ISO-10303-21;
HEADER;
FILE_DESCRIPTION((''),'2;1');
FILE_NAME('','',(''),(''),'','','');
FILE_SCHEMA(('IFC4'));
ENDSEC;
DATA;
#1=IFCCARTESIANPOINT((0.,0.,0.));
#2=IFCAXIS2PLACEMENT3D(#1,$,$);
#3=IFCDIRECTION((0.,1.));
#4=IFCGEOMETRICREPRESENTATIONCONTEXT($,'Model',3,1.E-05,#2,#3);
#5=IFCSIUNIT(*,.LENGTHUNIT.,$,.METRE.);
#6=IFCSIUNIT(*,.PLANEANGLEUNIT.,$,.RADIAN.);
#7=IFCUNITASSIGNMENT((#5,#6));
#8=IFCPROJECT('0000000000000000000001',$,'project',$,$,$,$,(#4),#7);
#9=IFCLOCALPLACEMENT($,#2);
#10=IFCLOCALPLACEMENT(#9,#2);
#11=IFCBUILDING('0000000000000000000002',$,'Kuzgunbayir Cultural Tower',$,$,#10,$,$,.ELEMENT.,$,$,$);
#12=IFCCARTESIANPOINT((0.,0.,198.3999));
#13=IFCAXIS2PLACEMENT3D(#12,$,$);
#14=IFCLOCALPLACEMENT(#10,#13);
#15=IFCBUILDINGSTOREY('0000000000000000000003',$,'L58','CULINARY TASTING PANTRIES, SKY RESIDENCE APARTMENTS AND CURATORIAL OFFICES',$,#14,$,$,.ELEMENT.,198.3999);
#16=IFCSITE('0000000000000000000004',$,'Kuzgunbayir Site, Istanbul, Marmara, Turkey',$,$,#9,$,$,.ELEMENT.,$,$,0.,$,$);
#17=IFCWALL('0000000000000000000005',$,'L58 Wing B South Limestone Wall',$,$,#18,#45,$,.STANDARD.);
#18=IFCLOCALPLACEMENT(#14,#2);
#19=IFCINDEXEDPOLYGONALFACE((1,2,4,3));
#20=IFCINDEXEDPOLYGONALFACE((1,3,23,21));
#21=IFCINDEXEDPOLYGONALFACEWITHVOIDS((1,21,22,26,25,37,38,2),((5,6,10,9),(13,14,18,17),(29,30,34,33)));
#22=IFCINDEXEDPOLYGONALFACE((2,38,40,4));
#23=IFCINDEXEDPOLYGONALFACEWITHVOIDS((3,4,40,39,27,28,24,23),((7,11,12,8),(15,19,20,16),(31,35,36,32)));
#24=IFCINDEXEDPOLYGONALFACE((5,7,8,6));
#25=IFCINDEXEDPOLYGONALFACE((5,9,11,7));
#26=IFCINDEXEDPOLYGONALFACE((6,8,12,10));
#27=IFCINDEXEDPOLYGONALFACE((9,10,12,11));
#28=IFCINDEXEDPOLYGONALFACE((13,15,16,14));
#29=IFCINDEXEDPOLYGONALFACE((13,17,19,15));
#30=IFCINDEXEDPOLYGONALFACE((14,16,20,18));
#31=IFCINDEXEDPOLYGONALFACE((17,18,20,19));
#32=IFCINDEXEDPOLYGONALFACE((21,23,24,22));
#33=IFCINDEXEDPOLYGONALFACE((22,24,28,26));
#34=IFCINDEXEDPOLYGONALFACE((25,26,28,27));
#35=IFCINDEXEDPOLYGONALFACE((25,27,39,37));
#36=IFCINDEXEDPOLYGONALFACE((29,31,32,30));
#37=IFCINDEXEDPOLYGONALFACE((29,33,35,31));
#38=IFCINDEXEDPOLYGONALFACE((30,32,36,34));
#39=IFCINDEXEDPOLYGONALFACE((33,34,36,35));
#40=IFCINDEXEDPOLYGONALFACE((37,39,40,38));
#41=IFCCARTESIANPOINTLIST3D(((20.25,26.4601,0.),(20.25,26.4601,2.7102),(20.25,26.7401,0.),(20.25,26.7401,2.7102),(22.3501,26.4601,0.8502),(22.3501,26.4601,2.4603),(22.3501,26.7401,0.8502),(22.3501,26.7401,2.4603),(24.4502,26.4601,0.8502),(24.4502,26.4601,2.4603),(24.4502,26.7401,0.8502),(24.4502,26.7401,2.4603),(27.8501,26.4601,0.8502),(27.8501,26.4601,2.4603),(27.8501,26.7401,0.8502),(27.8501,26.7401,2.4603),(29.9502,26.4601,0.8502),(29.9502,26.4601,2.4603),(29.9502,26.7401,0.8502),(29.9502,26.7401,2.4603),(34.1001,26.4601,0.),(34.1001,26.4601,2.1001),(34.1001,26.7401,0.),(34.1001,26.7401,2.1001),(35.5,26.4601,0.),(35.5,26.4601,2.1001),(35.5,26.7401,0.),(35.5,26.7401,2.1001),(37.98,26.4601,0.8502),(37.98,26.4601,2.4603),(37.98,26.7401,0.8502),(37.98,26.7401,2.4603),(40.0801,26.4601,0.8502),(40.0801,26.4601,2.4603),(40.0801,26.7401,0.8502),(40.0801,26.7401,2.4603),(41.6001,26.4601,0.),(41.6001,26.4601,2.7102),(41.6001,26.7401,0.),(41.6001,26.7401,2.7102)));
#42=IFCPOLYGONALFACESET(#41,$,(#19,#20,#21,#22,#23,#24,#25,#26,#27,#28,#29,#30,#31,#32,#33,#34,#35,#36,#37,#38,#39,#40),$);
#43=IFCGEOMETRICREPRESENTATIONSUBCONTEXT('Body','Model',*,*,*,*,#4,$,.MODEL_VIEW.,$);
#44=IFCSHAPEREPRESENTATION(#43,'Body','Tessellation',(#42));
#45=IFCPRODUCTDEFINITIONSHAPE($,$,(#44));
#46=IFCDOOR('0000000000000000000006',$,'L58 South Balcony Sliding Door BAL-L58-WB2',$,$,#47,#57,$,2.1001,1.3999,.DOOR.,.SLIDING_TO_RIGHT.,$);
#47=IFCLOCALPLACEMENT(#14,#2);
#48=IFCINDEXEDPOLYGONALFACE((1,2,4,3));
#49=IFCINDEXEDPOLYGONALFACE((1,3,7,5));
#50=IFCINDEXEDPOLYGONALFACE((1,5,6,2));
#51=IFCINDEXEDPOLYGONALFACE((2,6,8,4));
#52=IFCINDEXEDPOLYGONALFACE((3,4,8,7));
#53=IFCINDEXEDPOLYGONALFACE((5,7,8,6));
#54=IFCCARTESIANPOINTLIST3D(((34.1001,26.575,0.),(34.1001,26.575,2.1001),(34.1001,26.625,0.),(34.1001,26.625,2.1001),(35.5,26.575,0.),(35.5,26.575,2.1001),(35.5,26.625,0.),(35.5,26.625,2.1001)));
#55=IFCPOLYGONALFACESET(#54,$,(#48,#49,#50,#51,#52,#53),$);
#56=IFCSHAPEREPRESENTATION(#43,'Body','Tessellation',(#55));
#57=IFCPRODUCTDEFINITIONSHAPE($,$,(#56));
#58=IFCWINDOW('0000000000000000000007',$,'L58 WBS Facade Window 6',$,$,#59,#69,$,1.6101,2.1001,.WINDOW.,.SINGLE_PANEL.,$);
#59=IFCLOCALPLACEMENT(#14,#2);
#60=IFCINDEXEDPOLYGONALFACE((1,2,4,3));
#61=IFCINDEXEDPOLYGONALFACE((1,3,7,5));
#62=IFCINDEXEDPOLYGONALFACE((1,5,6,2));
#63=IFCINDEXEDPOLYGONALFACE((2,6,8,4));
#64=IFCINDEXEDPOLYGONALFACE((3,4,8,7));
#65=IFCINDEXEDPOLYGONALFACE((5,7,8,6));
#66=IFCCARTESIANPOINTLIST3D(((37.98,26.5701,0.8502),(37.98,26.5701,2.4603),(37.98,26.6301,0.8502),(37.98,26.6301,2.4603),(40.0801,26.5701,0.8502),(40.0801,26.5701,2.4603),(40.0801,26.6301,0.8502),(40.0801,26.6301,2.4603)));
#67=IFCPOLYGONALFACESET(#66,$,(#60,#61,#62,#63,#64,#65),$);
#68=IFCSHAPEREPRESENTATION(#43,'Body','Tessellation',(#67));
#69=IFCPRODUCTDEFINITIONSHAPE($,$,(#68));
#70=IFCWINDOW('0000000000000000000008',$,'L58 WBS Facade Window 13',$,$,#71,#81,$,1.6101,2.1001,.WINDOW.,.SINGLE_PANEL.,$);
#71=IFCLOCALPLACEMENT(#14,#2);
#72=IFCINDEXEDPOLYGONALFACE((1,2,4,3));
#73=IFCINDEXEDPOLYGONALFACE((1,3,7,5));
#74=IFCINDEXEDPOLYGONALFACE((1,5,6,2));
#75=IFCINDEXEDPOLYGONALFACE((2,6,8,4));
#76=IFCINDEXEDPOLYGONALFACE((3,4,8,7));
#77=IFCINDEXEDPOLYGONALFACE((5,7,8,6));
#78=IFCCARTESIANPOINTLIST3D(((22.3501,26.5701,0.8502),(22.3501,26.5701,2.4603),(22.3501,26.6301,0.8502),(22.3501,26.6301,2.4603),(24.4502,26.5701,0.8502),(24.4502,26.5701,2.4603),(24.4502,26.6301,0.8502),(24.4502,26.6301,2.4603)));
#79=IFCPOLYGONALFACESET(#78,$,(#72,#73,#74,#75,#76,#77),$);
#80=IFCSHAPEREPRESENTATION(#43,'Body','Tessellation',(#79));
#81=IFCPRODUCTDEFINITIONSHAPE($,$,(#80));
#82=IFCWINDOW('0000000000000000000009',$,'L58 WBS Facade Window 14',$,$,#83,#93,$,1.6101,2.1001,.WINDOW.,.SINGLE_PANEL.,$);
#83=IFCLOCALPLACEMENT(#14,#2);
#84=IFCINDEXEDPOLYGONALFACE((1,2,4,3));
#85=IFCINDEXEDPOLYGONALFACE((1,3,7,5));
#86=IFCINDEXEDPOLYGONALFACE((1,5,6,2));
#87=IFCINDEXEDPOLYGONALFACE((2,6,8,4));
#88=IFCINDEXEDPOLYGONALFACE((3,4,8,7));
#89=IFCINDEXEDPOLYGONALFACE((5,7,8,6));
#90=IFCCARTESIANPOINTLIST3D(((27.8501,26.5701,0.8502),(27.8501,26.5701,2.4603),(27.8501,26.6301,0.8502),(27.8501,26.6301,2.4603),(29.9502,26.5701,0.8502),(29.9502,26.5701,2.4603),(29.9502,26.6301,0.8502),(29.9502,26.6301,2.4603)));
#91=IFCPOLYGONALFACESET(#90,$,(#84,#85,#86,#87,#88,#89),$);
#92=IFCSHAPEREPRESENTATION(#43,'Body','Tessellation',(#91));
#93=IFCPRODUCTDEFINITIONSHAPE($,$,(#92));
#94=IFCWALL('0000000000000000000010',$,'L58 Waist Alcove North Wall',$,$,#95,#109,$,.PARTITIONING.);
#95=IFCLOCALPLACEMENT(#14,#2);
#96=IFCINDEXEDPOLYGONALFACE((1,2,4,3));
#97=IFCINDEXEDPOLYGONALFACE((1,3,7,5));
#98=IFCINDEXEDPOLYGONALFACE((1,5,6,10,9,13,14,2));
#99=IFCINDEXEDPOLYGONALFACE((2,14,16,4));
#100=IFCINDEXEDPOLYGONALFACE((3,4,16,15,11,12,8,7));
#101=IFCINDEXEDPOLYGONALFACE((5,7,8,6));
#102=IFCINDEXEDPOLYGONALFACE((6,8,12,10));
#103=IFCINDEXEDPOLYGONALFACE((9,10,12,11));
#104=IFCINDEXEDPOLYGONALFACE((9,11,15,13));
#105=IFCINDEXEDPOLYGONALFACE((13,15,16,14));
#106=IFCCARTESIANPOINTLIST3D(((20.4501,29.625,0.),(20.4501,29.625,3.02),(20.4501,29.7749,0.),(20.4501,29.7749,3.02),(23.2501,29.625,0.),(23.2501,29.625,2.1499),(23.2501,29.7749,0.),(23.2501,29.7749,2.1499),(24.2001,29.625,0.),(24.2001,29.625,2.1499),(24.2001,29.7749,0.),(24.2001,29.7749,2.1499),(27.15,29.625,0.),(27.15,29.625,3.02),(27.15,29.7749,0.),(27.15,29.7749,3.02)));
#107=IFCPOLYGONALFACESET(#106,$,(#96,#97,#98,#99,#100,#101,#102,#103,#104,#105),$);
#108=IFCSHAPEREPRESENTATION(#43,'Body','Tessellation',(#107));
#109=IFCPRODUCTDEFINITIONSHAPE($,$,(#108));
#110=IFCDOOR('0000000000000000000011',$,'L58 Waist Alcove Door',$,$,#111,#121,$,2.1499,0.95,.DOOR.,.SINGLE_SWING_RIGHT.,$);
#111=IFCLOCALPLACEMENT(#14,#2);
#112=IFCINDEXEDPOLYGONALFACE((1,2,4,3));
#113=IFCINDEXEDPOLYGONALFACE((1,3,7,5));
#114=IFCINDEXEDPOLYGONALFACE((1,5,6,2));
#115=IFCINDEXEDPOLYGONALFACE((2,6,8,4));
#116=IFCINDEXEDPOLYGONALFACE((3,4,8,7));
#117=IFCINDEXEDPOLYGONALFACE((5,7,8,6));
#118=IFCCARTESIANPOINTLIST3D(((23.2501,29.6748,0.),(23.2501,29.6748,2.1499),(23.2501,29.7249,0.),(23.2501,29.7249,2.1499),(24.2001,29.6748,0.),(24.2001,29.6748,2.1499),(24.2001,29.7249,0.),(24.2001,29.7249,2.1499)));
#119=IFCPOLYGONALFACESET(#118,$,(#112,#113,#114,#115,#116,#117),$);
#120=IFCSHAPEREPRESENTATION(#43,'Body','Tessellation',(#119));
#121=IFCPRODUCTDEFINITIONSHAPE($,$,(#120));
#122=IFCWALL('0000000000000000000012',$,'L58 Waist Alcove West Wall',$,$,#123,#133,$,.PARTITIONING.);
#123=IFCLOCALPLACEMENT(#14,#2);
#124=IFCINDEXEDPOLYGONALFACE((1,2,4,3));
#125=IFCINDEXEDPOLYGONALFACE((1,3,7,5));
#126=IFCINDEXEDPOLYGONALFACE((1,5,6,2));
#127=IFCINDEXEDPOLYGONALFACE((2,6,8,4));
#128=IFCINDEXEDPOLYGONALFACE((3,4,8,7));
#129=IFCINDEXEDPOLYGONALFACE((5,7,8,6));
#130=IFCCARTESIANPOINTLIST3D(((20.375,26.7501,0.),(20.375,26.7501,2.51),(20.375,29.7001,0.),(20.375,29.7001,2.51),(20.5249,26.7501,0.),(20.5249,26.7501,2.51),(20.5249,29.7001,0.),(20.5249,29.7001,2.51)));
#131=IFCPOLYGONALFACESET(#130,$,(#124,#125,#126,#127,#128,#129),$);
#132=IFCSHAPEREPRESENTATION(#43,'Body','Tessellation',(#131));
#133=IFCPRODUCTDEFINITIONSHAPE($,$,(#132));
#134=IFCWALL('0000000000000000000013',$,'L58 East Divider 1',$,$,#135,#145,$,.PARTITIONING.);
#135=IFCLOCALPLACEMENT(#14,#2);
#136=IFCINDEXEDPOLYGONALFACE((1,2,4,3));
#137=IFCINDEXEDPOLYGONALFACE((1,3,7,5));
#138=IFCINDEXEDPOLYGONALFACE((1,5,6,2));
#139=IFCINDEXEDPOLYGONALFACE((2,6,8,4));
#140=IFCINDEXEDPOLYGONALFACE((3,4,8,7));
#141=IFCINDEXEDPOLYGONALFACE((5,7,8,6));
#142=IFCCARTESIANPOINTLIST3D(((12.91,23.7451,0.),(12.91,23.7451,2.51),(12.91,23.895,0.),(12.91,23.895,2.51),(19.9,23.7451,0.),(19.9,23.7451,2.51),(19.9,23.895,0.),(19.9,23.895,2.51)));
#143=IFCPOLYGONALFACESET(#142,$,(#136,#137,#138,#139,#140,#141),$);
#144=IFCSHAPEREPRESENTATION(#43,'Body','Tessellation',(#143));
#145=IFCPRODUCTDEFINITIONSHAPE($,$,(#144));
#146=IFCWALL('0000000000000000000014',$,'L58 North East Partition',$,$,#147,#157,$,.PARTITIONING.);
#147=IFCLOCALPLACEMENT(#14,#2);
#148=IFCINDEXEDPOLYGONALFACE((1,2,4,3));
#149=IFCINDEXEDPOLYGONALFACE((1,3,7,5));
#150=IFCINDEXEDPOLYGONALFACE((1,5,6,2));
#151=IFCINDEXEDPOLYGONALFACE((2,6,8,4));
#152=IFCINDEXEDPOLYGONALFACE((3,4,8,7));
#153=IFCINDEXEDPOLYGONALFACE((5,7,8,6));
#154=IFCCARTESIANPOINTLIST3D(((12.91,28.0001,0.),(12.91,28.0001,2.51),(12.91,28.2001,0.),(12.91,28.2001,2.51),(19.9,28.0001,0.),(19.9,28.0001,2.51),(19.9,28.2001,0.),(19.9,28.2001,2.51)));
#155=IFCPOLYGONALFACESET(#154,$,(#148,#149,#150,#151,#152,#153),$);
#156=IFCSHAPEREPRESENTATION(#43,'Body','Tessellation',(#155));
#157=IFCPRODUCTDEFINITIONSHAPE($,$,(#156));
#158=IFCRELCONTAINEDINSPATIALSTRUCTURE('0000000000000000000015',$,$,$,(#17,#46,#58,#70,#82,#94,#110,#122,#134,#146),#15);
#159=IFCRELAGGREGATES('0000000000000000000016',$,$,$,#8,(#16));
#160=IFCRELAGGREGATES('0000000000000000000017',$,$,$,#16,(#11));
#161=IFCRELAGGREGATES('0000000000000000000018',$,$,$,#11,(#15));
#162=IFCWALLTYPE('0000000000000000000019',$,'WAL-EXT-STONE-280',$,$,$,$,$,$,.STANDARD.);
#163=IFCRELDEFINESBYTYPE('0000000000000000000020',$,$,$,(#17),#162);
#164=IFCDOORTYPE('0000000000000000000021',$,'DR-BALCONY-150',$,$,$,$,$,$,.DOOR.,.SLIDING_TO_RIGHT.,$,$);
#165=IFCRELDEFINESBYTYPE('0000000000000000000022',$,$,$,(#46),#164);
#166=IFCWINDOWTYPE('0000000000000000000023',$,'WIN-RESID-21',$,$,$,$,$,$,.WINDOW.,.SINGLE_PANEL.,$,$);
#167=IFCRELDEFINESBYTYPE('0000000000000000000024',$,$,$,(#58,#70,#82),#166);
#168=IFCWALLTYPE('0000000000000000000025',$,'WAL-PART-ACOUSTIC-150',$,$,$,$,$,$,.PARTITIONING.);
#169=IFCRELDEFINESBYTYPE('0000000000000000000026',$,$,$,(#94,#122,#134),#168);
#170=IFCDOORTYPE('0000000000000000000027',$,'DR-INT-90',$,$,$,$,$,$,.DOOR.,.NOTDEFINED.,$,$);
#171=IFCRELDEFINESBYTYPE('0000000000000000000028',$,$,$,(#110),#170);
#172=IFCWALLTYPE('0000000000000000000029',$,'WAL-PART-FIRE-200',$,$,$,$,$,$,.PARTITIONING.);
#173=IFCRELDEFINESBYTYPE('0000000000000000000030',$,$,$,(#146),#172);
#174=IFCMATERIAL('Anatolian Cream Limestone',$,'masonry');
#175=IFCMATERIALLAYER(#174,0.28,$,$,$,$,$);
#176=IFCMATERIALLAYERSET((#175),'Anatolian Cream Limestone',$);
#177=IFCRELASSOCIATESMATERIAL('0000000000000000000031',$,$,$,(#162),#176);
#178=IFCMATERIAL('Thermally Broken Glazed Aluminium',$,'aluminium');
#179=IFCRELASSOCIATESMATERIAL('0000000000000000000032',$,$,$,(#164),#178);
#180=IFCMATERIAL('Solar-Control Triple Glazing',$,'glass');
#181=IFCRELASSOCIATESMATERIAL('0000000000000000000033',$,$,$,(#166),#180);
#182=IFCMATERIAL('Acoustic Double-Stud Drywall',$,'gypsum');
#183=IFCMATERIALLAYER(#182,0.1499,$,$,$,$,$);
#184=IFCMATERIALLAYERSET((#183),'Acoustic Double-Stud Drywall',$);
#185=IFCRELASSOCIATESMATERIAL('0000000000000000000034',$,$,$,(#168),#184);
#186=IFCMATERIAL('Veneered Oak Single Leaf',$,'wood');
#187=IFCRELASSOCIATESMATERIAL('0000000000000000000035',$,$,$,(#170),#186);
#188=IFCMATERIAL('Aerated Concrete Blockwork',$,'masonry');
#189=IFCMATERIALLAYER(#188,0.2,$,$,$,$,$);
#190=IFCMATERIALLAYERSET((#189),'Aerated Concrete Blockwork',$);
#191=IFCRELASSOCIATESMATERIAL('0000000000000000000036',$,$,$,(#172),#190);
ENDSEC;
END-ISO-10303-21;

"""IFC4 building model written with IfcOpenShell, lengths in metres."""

from ifc_helpers import new_model, si_unit, direction, frame, frame_2d, origin, place, context, subcontext, project, spatial, rectangle, extrude, material, layer, layer_set, type_object, element, fill, save


model = new_model("IFC4")

# Units and contexts
model_context = context("Model", 3, precision=1e-05, world=origin(), true_north=direction((0.0, 1.0)))
body_context = subcontext(model_context, "Body", "Model", "MODEL_VIEW")
ifc_project = project(units=[si_unit("LENGTHUNIT", "METRE"), si_unit("PLANEANGLEUNIT", "RADIAN")], contexts=[model_context])

# Site, building, storey
site_placement = place(None, origin())
site = spatial("IfcSite", under=ifc_project, at=site_placement, Name="Kuzgunbayir Site, Istanbul, Marmara, Turkey", CompositionType="ELEMENT", RefElevation=0.0)
building_placement = place(site_placement, origin())
building = spatial("IfcBuilding", under=site, at=building_placement, Name="Kuzgunbayir Cultural Tower", CompositionType="ELEMENT")
storey_placement = place(building_placement, frame((0.0, 0.0, 198.3999)))
storey = spatial("IfcBuildingStorey", under=building, at=storey_placement, Name="L58", Description="CULINARY TASTING PANTRIES, SKY RESIDENCE APARTMENTS AND CURATORIAL OFFICES", CompositionType="ELEMENT", Elevation=198.3999)

# Wall, openings, door, windows
ifc_material_1 = material(Name="Anatolian Cream Limestone", Category="masonry")
ifc_layer_1 = layer(ifc_material_1, 0.28)
ifc_layer_set_1 = layer_set([ifc_layer_1], Name="Anatolian Cream Limestone")
wall_type_1 = type_object("IfcWallType", Name="WAL-EXT-STONE-280", PredefinedType="STANDARD", material=ifc_layer_set_1)
wall_1_placement = place(storey_placement, frame((20.25, 26.6001, 0.0), z_axis=(0.0, 0.0, 1.0), x_axis=(1.0, 0.0, 0.0)))
wall_1 = element("IfcWall", 1, at=wall_1_placement, inside=storey, type_object=wall_type_1, Name="L58 Wing B South Limestone Wall", PredefinedType="STANDARD", context=body_context, shape_type="SweptSolid", body=[
    extrude(rectangle(XDim=21.3501, YDim=0.28, at=frame_2d((10.675, 0.0))), origin(), (0.0, 0.0, 1.0), 2.7102),
])
opening_1_placement = place(wall_1_placement, frame((13.8501, 0.0, 0.0)))
opening_1 = element("IfcOpeningElement", 2, at=opening_1_placement, cuts=wall_1, PredefinedType="OPENING", context=body_context, shape_type="SweptSolid", body=[
    extrude(rectangle(XDim=1.3999, YDim=2.1001, at=frame_2d((0.7, 1.05))), frame((0.0, 0.1499, 0.0), z_axis=(0.0, -1.0, 0.0), x_axis=(1.0, 0.0, 0.0)), (0.0, 0.0, 1.0), 0.3),
])
opening_2_placement = place(wall_1_placement, frame((17.73, 0.0, 0.8501)))
opening_2 = element("IfcOpeningElement", 3, at=opening_2_placement, cuts=wall_1, PredefinedType="OPENING", context=body_context, shape_type="SweptSolid", body=[
    extrude(rectangle(XDim=2.1001, YDim=1.6101, at=frame_2d((1.05, 0.8052))), frame((0.0, 0.1499, 0.0), z_axis=(0.0, -1.0, 0.0), x_axis=(1.0, 0.0, 0.0)), (0.0, 0.0, 1.0), 0.3),
])
opening_3_placement = place(wall_1_placement, frame((2.1001, 0.0, 0.8501)))
opening_3 = element("IfcOpeningElement", 4, at=opening_3_placement, cuts=wall_1, PredefinedType="OPENING", context=body_context, shape_type="SweptSolid", body=[
    extrude(rectangle(XDim=2.1001, YDim=1.6101, at=frame_2d((1.05, 0.8052))), frame((0.0, 0.1499, 0.0), z_axis=(0.0, -1.0, 0.0), x_axis=(1.0, 0.0, 0.0)), (0.0, 0.0, 1.0), 0.3),
])
opening_4_placement = place(wall_1_placement, frame((7.6001, 0.0, 0.8501)))
opening_4 = element("IfcOpeningElement", 5, at=opening_4_placement, cuts=wall_1, PredefinedType="OPENING", context=body_context, shape_type="SweptSolid", body=[
    extrude(rectangle(XDim=2.1001, YDim=1.6101, at=frame_2d((1.05, 0.8052))), frame((0.0, 0.1499, 0.0), z_axis=(0.0, -1.0, 0.0), x_axis=(1.0, 0.0, 0.0)), (0.0, 0.0, 1.0), 0.3),
])
ifc_material_2 = material(Name="Thermally Broken Glazed Aluminium", Category="aluminium")
door_type_1 = type_object("IfcDoorType", Name="DR-BALCONY-150", OperationType="SLIDING_TO_RIGHT", PredefinedType="DOOR", material=ifc_material_2)
door_1_placement = place(opening_1_placement, origin())
door_1 = element("IfcDoor", 6, at=door_1_placement, inside=storey, type_object=door_type_1, Name="L58 South Balcony Sliding Door BAL-L58-WB2", OperationType="SLIDING_TO_RIGHT", OverallHeight=2.1001, OverallWidth=1.3999, PredefinedType="DOOR", context=body_context, shape_type="SweptSolid", body=[
    extrude(rectangle(XDim=1.3999, YDim=2.1001, at=frame_2d((0.7, 1.05))), frame((0.0, 0.0249, 0.0), z_axis=(0.0, -1.0, 0.0), x_axis=(1.0, 0.0, 0.0)), (0.0, 0.0, 1.0), 0.05),
])
fill(opening_1, door_1)
ifc_material_3 = material(Name="Solar-Control Triple Glazing", Category="glass")
window_type = type_object("IfcWindowType", Name="WIN-RESID-21", PartitioningType="SINGLE_PANEL", PredefinedType="WINDOW", material=ifc_material_3)
window_1_placement = place(opening_2_placement, origin())
window_1 = element("IfcWindow", 7, at=window_1_placement, inside=storey, type_object=window_type, Name="L58 WBS Facade Window 6", OverallHeight=1.6101, OverallWidth=2.1001, PartitioningType="SINGLE_PANEL", PredefinedType="WINDOW", context=body_context, shape_type="SweptSolid", body=[
    extrude(rectangle(XDim=2.1001, YDim=1.6101, at=frame_2d((1.05, 0.8052))), frame((0.0, 0.03, 0.0), z_axis=(0.0, -1.0, 0.0), x_axis=(1.0, 0.0, 0.0)), (0.0, 0.0, 1.0), 0.0601),
])
fill(opening_2, window_1)
window_2_placement = place(opening_3_placement, origin())
window_2 = element("IfcWindow", 8, at=window_2_placement, inside=storey, type_object=window_type, Name="L58 WBS Facade Window 13", OverallHeight=1.6101, OverallWidth=2.1001, PartitioningType="SINGLE_PANEL", PredefinedType="WINDOW", context=body_context, shape_type="SweptSolid", body=[
    extrude(rectangle(XDim=2.1001, YDim=1.6101, at=frame_2d((1.05, 0.8052))), frame((0.0, 0.03, 0.0), z_axis=(0.0, -1.0, 0.0), x_axis=(1.0, 0.0, 0.0)), (0.0, 0.0, 1.0), 0.0601),
])
fill(opening_3, window_2)
window_3_placement = place(opening_4_placement, origin())
window_3 = element("IfcWindow", 9, at=window_3_placement, inside=storey, type_object=window_type, Name="L58 WBS Facade Window 14", OverallHeight=1.6101, OverallWidth=2.1001, PartitioningType="SINGLE_PANEL", PredefinedType="WINDOW", context=body_context, shape_type="SweptSolid", body=[
    extrude(rectangle(XDim=2.1001, YDim=1.6101, at=frame_2d((1.05, 0.8052))), frame((0.0, 0.03, 0.0), z_axis=(0.0, -1.0, 0.0), x_axis=(1.0, 0.0, 0.0)), (0.0, 0.0, 1.0), 0.0601),
])
fill(opening_4, window_3)

# Wall, opening, door
ifc_material_4 = material(Name="Acoustic Double-Stud Drywall", Category="gypsum")
ifc_layer_2 = layer(ifc_material_4, 0.1499)
ifc_layer_set_2 = layer_set([ifc_layer_2], Name="Acoustic Double-Stud Drywall")
wall_type_2 = type_object("IfcWallType", Name="WAL-PART-ACOUSTIC-150", PredefinedType="PARTITIONING", material=ifc_layer_set_2)
wall_2_placement = place(storey_placement, frame((20.45, 29.7, 0.0), z_axis=(0.0, 0.0, 1.0), x_axis=(1.0, 0.0, 0.0)))
wall_2 = element("IfcWall", 10, at=wall_2_placement, inside=storey, type_object=wall_type_2, Name="L58 Waist Alcove North Wall", PredefinedType="PARTITIONING", context=body_context, shape_type="SweptSolid", body=[
    extrude(rectangle(XDim=6.7, YDim=0.1499, at=frame_2d((3.3501, 0.0))), origin(), (0.0, 0.0, 1.0), 3.02),
])
opening_5_placement = place(wall_2_placement, frame((2.8, 0.0, 0.0)))
opening_5 = element("IfcOpeningElement", 11, at=opening_5_placement, cuts=wall_2, PredefinedType="OPENING", context=body_context, shape_type="SweptSolid", body=[
    extrude(rectangle(XDim=0.95, YDim=2.1499, at=frame_2d((0.4751, 1.075))), frame((0.0, 0.085, 0.0), z_axis=(0.0, -1.0, 0.0), x_axis=(1.0, 0.0, 0.0)), (0.0, 0.0, 1.0), 0.1699),
])
ifc_material_5 = material(Name="Veneered Oak Single Leaf", Category="wood")
door_type_2 = type_object("IfcDoorType", Name="DR-INT-90", OperationType="NOTDEFINED", PredefinedType="DOOR", material=ifc_material_5)
door_2_placement = place(opening_5_placement, origin())
door_2 = element("IfcDoor", 12, at=door_2_placement, inside=storey, type_object=door_type_2, Name="L58 Waist Alcove Door", OperationType="SINGLE_SWING_RIGHT", OverallHeight=2.1499, OverallWidth=0.95, PredefinedType="DOOR", context=body_context, shape_type="SweptSolid", body=[
    extrude(rectangle(XDim=0.95, YDim=2.1499, at=frame_2d((0.4751, 1.075))), frame((0.0, 0.0249, 0.0), z_axis=(0.0, -1.0, 0.0), x_axis=(1.0, 0.0, 0.0)), (0.0, 0.0, 1.0), 0.05),
])
fill(opening_5, door_2)

# Walls
wall_3_placement = place(storey_placement, frame((20.45, 26.75, 0.0), z_axis=(0.0, 0.0, 1.0), x_axis=(0.0, 1.0, 0.0)))
element("IfcWall", 13, at=wall_3_placement, inside=storey, type_object=wall_type_2, Name="L58 Waist Alcove West Wall", PredefinedType="PARTITIONING", context=body_context, shape_type="SweptSolid", body=[
    extrude(rectangle(XDim=2.95, YDim=0.1499, at=frame_2d((1.4751, 0.0))), origin(), (0.0, 0.0, 1.0), 2.51),
])
wall_4_placement = place(storey_placement, frame((12.9099, 23.8201, 0.0), z_axis=(0.0, 0.0, 1.0), x_axis=(1.0, 0.0, 0.0)))
element("IfcWall", 14, at=wall_4_placement, inside=storey, type_object=wall_type_2, Name="L58 East Divider 1", PredefinedType="PARTITIONING", context=body_context, shape_type="SweptSolid", body=[
    extrude(rectangle(XDim=6.99, YDim=0.1499, at=frame_2d((3.4951, 0.0))), origin(), (0.0, 0.0, 1.0), 2.51),
])
ifc_material_6 = material(Name="Aerated Concrete Blockwork", Category="masonry")
ifc_layer_3 = layer(ifc_material_6, 0.2)
ifc_layer_set_3 = layer_set([ifc_layer_3], Name="Aerated Concrete Blockwork")
wall_type_3 = type_object("IfcWallType", Name="WAL-PART-FIRE-200", PredefinedType="PARTITIONING", material=ifc_layer_set_3)
wall_5_placement = place(storey_placement, frame((12.9099, 28.1001, 0.0), z_axis=(0.0, 0.0, 1.0), x_axis=(1.0, 0.0, 0.0)))
element("IfcWall", 15, at=wall_5_placement, inside=storey, type_object=wall_type_3, Name="L58 North East Partition", PredefinedType="PARTITIONING", context=body_context, shape_type="SweptSolid", body=[
    extrude(rectangle(XDim=6.99, YDim=0.2, at=frame_2d((3.4951, 0.0))), origin(), (0.0, 0.0, 1.0), 2.51),
])

save(model, "model.ifc")
